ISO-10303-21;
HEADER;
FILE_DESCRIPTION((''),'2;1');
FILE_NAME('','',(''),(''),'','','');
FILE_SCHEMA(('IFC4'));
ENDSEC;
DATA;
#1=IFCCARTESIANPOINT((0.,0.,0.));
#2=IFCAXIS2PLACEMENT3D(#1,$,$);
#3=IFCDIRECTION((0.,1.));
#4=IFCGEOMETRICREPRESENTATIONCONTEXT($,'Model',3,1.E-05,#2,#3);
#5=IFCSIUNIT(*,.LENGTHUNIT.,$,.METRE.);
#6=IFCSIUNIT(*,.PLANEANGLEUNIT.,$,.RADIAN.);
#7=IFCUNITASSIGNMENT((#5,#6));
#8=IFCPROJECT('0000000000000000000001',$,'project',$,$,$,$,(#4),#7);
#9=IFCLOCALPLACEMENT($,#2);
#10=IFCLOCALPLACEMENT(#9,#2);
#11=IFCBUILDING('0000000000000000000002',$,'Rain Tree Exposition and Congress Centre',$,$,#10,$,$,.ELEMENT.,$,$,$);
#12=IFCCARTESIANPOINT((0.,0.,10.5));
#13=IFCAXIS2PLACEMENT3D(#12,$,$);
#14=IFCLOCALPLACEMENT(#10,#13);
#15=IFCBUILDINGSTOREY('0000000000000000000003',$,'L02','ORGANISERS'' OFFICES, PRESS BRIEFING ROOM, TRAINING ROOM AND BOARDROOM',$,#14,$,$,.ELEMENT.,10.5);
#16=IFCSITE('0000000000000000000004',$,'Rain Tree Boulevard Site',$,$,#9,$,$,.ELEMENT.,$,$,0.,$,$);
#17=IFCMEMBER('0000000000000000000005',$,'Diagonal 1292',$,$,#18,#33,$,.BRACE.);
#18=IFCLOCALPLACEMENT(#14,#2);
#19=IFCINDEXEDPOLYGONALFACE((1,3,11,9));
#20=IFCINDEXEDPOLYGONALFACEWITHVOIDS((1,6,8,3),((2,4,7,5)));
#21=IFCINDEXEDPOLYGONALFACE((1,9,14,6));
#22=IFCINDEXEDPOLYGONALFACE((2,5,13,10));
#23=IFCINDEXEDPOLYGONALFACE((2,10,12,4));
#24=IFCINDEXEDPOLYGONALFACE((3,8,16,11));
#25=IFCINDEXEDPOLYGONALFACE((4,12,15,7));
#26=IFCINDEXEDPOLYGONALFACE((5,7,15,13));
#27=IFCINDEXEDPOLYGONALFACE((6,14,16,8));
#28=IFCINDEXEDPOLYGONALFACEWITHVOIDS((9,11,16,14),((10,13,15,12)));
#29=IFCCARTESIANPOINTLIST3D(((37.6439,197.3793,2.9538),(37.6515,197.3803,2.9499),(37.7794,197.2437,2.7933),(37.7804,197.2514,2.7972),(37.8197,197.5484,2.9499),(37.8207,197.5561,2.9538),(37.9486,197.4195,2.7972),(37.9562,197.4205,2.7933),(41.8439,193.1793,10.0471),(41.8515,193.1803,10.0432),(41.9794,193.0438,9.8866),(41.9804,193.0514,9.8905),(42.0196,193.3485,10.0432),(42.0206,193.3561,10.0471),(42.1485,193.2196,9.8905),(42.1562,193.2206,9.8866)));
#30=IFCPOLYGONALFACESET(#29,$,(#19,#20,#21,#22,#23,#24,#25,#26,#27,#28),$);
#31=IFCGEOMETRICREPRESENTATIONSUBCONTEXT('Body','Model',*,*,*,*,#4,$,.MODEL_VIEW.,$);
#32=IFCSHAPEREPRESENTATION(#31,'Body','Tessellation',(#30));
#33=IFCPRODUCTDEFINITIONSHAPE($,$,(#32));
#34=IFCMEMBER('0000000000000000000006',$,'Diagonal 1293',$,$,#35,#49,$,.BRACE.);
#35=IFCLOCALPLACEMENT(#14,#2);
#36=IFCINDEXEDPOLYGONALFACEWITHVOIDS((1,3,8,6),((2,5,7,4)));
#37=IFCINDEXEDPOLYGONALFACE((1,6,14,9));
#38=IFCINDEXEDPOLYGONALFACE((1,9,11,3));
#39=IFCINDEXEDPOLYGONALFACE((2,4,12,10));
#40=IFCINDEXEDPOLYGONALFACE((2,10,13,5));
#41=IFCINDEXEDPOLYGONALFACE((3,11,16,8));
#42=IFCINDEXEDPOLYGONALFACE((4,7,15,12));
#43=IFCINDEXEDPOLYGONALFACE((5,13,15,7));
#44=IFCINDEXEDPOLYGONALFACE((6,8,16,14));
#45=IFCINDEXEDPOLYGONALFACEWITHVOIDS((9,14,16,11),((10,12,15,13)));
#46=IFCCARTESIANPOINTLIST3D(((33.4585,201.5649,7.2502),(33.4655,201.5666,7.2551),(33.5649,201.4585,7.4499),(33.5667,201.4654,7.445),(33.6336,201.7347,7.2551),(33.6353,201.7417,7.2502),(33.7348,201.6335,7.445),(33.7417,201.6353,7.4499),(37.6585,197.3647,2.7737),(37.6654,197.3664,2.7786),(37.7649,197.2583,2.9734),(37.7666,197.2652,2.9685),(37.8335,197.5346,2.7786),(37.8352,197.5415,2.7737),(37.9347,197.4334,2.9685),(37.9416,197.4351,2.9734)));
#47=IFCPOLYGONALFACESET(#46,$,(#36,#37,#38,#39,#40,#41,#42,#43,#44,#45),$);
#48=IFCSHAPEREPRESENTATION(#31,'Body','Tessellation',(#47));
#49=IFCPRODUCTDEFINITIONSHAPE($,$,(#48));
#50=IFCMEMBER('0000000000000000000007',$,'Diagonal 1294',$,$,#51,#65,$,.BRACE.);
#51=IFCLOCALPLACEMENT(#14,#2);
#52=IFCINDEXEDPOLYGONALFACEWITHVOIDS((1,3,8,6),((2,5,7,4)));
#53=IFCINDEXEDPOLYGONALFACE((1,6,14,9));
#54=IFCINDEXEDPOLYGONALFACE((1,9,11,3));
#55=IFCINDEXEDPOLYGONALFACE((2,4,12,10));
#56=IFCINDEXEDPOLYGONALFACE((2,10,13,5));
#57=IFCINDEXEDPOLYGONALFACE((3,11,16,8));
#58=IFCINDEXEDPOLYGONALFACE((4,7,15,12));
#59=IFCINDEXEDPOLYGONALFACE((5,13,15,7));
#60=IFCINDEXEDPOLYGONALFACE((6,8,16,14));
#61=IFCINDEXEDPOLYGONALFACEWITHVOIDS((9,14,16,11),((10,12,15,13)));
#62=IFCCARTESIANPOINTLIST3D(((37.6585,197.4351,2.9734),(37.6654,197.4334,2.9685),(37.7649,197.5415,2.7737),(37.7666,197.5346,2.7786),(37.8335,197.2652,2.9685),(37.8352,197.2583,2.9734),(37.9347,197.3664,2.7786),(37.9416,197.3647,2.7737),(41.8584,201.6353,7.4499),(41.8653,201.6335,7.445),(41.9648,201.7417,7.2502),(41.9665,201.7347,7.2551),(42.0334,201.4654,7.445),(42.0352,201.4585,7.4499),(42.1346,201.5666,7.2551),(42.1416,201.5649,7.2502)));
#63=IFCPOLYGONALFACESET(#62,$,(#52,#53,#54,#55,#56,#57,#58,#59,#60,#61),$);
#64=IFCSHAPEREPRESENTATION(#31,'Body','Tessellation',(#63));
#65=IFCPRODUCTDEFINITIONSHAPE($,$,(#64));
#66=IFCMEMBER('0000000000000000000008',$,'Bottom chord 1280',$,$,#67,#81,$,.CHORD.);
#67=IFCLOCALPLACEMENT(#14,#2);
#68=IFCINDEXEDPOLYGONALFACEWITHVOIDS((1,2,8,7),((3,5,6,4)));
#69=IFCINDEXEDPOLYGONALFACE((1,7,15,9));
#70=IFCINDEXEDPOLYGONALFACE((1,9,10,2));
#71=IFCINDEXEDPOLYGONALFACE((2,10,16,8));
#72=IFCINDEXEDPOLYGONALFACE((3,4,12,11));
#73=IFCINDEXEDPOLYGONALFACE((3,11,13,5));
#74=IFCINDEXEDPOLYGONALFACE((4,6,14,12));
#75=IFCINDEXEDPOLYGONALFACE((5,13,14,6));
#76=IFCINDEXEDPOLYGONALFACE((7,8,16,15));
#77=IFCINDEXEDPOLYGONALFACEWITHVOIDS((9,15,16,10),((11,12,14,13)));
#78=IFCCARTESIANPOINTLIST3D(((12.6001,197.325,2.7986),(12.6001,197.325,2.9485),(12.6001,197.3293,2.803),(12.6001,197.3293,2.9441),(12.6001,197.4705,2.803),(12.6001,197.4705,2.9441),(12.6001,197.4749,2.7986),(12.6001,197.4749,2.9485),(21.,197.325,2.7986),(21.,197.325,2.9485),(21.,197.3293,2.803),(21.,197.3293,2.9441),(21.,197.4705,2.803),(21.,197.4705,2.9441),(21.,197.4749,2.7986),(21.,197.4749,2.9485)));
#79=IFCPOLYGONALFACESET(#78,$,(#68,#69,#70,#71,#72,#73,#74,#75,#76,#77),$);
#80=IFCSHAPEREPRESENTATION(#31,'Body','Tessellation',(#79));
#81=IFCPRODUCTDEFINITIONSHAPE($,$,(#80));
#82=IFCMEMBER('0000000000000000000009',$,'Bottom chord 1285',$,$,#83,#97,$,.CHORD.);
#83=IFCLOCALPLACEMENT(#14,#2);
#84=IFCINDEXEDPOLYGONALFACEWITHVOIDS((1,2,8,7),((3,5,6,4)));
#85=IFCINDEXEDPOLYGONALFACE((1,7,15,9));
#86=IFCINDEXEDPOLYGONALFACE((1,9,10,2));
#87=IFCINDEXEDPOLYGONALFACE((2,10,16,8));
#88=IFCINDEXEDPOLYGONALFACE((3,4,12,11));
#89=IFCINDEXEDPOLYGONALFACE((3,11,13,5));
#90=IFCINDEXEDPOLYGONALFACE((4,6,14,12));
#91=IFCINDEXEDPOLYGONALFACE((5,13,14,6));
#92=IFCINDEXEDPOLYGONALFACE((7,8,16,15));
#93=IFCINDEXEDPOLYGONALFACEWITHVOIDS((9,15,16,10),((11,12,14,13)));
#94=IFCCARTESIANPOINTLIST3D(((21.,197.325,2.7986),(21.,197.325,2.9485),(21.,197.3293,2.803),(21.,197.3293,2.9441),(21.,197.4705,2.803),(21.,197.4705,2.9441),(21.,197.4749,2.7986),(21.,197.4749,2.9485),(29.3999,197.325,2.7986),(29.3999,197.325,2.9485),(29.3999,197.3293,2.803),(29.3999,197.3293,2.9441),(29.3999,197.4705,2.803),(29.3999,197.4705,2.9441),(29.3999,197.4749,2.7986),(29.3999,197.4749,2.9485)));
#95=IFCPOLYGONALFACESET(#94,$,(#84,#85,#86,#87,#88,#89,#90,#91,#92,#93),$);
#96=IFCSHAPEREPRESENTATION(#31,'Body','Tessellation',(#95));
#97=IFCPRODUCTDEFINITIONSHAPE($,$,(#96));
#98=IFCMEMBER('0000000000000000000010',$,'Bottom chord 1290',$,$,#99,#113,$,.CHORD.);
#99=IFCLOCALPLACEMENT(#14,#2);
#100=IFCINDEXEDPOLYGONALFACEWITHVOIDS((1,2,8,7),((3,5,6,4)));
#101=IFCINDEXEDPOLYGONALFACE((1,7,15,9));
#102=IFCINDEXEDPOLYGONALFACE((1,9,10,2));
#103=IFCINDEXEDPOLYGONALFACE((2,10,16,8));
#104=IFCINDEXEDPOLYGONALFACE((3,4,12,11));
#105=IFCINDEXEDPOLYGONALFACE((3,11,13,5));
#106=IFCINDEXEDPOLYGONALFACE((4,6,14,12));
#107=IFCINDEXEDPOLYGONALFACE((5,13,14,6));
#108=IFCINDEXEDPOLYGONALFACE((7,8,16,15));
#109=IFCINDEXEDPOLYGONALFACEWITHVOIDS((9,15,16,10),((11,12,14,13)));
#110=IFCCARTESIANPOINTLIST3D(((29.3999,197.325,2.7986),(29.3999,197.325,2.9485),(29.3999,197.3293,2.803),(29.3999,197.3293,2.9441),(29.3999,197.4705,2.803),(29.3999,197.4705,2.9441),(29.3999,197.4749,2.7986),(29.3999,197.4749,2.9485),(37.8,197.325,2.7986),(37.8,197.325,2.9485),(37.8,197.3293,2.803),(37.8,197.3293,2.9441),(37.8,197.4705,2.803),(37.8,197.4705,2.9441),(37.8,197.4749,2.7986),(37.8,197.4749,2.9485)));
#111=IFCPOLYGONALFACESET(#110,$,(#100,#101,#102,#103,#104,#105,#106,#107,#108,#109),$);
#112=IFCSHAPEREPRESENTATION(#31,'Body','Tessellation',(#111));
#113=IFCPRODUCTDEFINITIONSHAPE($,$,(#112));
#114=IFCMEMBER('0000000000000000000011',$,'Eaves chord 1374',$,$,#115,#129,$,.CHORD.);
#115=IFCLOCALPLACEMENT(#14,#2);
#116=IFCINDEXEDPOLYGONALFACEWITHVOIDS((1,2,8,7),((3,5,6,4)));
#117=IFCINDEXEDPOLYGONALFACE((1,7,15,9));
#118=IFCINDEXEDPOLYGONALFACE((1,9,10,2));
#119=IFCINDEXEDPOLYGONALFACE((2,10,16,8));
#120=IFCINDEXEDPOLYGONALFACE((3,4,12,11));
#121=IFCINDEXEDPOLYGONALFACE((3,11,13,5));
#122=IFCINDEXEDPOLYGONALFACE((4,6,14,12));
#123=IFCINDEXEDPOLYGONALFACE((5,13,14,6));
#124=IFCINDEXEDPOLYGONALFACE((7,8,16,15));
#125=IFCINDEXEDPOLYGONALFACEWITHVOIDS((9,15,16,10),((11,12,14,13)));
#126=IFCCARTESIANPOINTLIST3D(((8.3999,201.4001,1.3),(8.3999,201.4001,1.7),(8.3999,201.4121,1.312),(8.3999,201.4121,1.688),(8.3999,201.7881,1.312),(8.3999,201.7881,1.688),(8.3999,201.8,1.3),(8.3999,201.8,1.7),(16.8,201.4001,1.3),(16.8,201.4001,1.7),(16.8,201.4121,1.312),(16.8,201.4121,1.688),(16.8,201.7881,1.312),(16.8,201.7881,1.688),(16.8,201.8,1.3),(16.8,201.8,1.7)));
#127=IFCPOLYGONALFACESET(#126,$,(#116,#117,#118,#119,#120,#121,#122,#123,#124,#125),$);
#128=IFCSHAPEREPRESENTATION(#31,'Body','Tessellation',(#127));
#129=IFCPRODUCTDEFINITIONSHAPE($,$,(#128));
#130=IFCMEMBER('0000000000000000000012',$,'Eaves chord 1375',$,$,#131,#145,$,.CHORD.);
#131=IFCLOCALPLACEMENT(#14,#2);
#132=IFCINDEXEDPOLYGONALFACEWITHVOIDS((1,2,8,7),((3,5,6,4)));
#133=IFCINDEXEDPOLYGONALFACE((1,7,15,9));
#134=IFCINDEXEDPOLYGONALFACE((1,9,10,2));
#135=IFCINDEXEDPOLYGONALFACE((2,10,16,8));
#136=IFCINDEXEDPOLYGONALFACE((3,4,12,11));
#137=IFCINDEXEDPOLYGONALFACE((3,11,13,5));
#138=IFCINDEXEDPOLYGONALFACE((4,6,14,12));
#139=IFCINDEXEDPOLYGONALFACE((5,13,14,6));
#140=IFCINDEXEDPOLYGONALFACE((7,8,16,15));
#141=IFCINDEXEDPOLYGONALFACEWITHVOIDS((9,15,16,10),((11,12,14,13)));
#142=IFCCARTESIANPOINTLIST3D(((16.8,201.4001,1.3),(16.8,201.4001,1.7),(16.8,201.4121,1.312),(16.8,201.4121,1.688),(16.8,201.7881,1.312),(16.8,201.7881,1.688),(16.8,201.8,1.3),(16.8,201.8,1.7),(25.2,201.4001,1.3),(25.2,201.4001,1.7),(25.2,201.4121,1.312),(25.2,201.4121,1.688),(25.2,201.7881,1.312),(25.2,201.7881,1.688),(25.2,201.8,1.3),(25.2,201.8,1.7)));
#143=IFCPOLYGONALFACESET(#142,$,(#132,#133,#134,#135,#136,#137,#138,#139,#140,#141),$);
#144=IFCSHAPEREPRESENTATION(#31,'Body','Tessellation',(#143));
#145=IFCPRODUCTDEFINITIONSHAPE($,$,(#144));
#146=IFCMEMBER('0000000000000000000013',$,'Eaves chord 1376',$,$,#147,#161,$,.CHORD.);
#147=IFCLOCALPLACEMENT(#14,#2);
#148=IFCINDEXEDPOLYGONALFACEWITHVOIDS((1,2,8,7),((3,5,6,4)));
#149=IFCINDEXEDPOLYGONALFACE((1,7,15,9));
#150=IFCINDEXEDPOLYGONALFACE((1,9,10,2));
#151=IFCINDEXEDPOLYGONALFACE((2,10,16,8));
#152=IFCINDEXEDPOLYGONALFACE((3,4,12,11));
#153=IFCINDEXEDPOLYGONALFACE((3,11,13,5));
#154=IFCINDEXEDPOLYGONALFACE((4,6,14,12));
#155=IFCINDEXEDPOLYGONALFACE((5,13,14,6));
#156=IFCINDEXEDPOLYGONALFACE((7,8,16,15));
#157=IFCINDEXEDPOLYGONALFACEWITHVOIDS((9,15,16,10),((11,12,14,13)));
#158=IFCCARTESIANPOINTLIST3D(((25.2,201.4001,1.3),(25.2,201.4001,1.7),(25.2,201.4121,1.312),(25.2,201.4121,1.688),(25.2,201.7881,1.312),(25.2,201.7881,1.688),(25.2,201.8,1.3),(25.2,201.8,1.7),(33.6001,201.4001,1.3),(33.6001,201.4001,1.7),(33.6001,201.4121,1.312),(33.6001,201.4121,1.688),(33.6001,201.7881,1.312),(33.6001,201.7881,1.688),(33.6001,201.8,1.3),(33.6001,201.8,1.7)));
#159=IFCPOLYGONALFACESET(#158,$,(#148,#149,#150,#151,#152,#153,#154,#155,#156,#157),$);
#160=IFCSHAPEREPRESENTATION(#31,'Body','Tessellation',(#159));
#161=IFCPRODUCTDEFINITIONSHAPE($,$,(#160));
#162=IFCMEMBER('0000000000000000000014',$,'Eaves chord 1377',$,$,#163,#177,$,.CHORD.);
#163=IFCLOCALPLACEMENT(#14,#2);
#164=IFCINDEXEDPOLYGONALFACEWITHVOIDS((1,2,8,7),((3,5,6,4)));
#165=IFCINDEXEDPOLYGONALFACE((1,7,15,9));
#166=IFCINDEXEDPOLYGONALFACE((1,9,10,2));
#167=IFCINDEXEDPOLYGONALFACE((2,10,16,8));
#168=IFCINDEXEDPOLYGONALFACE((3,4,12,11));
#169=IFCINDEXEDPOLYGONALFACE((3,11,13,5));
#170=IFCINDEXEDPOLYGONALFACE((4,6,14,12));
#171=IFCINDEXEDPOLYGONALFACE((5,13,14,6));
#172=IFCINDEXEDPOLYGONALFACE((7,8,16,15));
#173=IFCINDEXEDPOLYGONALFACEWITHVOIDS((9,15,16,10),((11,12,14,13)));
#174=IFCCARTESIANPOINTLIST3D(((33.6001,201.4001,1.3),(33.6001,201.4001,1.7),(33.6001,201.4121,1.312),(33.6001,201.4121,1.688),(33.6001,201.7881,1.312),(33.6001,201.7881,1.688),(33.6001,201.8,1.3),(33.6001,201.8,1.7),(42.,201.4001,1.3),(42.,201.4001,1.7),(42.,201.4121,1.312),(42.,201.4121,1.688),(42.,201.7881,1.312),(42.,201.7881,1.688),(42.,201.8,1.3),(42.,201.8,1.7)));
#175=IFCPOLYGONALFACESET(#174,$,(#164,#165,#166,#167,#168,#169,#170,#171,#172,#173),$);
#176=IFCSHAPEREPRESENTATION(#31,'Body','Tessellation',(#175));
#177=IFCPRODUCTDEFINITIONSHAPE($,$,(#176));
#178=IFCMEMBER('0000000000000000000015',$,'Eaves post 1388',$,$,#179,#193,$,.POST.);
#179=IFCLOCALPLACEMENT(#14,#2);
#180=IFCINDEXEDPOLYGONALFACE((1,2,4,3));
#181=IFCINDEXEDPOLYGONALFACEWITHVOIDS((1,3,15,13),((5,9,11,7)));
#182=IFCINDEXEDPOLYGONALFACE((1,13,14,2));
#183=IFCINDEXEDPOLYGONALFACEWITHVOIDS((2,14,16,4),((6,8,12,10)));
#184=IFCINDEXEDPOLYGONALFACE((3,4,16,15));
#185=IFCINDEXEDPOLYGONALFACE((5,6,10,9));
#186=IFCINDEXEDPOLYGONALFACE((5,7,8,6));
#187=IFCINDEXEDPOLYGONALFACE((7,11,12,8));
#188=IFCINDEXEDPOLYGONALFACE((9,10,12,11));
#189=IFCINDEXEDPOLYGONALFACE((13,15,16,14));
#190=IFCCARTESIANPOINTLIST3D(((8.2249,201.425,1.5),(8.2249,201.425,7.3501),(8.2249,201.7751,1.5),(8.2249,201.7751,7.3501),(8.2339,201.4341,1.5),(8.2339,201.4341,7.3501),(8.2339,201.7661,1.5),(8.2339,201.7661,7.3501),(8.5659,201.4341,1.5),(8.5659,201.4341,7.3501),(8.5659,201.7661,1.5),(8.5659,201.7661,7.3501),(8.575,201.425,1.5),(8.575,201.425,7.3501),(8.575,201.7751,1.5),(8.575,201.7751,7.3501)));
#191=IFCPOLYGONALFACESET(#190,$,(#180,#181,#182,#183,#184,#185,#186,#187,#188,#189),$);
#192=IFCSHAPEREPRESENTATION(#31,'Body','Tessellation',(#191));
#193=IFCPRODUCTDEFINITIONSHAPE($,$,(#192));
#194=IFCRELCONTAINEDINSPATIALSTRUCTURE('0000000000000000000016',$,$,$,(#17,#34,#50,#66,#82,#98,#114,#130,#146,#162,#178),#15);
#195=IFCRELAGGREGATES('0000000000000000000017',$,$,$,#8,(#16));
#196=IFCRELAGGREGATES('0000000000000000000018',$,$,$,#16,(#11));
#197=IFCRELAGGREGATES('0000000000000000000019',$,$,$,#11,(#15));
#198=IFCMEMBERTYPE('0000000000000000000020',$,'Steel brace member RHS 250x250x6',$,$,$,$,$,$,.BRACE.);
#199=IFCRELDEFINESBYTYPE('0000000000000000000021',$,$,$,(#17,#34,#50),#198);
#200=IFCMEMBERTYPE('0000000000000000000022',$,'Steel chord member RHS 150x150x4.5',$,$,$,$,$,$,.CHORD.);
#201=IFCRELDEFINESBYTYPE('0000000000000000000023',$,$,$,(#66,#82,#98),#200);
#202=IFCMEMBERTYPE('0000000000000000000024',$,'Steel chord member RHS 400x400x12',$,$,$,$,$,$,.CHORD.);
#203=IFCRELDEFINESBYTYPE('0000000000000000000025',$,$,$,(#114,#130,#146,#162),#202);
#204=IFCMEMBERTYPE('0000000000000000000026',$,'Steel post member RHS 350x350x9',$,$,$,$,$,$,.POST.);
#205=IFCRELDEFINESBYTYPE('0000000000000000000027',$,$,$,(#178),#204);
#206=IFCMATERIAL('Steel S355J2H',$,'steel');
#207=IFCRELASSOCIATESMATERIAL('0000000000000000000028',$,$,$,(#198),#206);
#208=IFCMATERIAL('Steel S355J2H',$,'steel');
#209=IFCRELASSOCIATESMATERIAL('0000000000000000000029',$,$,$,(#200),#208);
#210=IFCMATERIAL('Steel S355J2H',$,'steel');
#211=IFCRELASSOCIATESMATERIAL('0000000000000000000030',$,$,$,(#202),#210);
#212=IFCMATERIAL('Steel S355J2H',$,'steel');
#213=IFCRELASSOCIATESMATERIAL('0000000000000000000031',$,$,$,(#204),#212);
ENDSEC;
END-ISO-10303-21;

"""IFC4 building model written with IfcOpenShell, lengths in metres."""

from ifc_helpers import new_model, si_unit, direction, frame, origin, origin_2d, place, context, subcontext, project, spatial, hollow_rectangle, extrude, material, material_profile, profile_set, type_object, element, save


model = new_model("IFC4")

# Units and contexts
model_context = context("Model", 3, precision=1e-05, world=origin(), true_north=direction((0.0, 1.0)))
body_context = subcontext(model_context, "Body", "Model", "MODEL_VIEW")
ifc_project = project(units=[si_unit("LENGTHUNIT", "METRE"), si_unit("PLANEANGLEUNIT", "RADIAN")], contexts=[model_context])

# Site, building, storey
site_placement = place(None, origin())
site = spatial("IfcSite", under=ifc_project, at=site_placement, Name="Rain Tree Boulevard Site", CompositionType="ELEMENT", RefElevation=0.0)
building_placement = place(site_placement, origin())
building = spatial("IfcBuilding", under=site, at=building_placement, Name="Rain Tree Exposition and Congress Centre", CompositionType="ELEMENT")
storey_placement = place(building_placement, frame((0.0, 0.0, 10.5)))
storey = spatial("IfcBuildingStorey", under=building, at=storey_placement, Name="L02", Description="ORGANISERS' OFFICES, PRESS BRIEFING ROOM, TRAINING ROOM AND BOARDROOM", CompositionType="ELEMENT", Elevation=10.5)

# Members
ifc_material_1 = material(Name="Steel S355J2H", Category="steel")
ifc_material_profile_1 = material_profile(ifc_material_1, hollow_rectangle(XDim=0.25, YDim=0.25, WallThickness=0.0061, at=origin_2d()), Name="RHS 250x250x6")
ifc_profile_set_1 = profile_set([ifc_material_profile_1], Name="Steel S355J2H")
member_type_1 = type_object("IfcMemberType", Name="Steel brace member RHS 250x250x6", PredefinedType="BRACE", material=ifc_profile_set_1)
for number, where, z_axis, x_axis, name in (
    (1, (37.8, 197.3999, 2.8735), (0.453966, -0.453966, 0.7667), (0.707107, 0.707107, 0.0), "Diagonal 1292"),
):
    element("IfcMember", number, at=place(storey_placement, frame(where, z_axis=z_axis, x_axis=x_axis)), inside=storey, type_object=member_type_1, Name=name, PredefinedType="BRACE", context=body_context, shape_type="SweptSolid", body=[
        extrude(hollow_rectangle(XDim=0.25, YDim=0.25, WallThickness=0.0061, at=origin_2d()), origin(), (0.0, 0.0, 1.0), 9.2517),
    ])
for number, where, z_axis, x_axis, name in (
    (2, (37.8, 197.3999, 2.8735), (-0.564677, 0.564709, 0.601867), (-0.707127, -0.707086, 0.0), "Diagonal 1293"),
    (3, (37.8, 197.3999, 2.8735), (0.564677, 0.564709, 0.601867), (-0.707127, 0.707086, 0.0), "Diagonal 1294"),
):
    element("IfcMember", number, at=place(storey_placement, frame(where, z_axis=z_axis, x_axis=x_axis)), inside=storey, type_object=member_type_1, Name=name, PredefinedType="BRACE", context=body_context, shape_type="SweptSolid", body=[
        extrude(hollow_rectangle(XDim=0.25, YDim=0.25, WallThickness=0.0061, at=origin_2d()), origin(), (0.0, 0.0, 1.0), 7.4377),
    ])
ifc_material_2 = material(Name="Steel S355J2H", Category="steel")
ifc_material_profile_2 = material_profile(ifc_material_2, hollow_rectangle(XDim=0.1499, YDim=0.1499, WallThickness=0.0044, at=origin_2d()), Name="RHS 150x150x4.5")
ifc_profile_set_2 = profile_set([ifc_material_profile_2], Name="Steel S355J2H")
member_type_2 = type_object("IfcMemberType", Name="Steel chord member RHS 150x150x4.5", PredefinedType="CHORD", material=ifc_profile_set_2)
for number, where, z_axis, x_axis, name in (
    (4, (12.6001, 197.3999, 2.8735), (1.0, 0.0, 0.0), (0.0, 1.0, 0.0), "Bottom chord 1280"),
    (5, (21.0, 197.3999, 2.8735), (1.0, 0.0, 0.0), (0.0, 1.0, 0.0), "Bottom chord 1285"),
):
    element("IfcMember", number, at=place(storey_placement, frame(where, z_axis=z_axis, x_axis=x_axis)), inside=storey, type_object=member_type_2, Name=name, PredefinedType="CHORD", context=body_context, shape_type="SweptSolid", body=[
        extrude(hollow_rectangle(XDim=0.1499, YDim=0.1499, WallThickness=0.0044, at=origin_2d()), origin(), (0.0, 0.0, 1.0), 8.3999),
    ])
member_1_placement = place(storey_placement, frame((29.3999, 197.3999, 2.8735), z_axis=(1.0, 0.0, 0.0), x_axis=(0.0, 1.0, 0.0)))
element("IfcMember", 6, at=member_1_placement, inside=storey, type_object=member_type_2, Name="Bottom chord 1290", PredefinedType="CHORD", context=body_context, shape_type="SweptSolid", body=[
    extrude(hollow_rectangle(XDim=0.1499, YDim=0.1499, WallThickness=0.0044, at=origin_2d()), origin(), (0.0, 0.0, 1.0), 8.4001),
])
ifc_material_3 = material(Name="Steel S355J2H", Category="steel")
ifc_material_profile_3 = material_profile(ifc_material_3, hollow_rectangle(XDim=0.3999, YDim=0.3999, WallThickness=0.012, at=origin_2d()), Name="RHS 400x400x12")
ifc_profile_set_3 = profile_set([ifc_material_profile_3], Name="Steel S355J2H")
member_type_3 = type_object("IfcMemberType", Name="Steel chord member RHS 400x400x12", PredefinedType="CHORD", material=ifc_profile_set_3)
member_2_placement = place(storey_placement, frame((8.3999, 201.6001, 1.5), z_axis=(1.0, 0.0, 0.0), x_axis=(0.0, 1.0, 0.0)))
element("IfcMember", 7, at=member_2_placement, inside=storey, type_object=member_type_3, Name="Eaves chord 1374", PredefinedType="CHORD", context=body_context, shape_type="SweptSolid", body=[
    extrude(hollow_rectangle(XDim=0.3999, YDim=0.3999, WallThickness=0.012, at=origin_2d()), origin(), (0.0, 0.0, 1.0), 8.4001),
])
member_3_placement = place(storey_placement, frame((16.8, 201.6001, 1.5), z_axis=(1.0, 0.0, 0.0), x_axis=(0.0, 1.0, 0.0)))
element("IfcMember", 8, at=member_3_placement, inside=storey, type_object=member_type_3, Name="Eaves chord 1375", PredefinedType="CHORD", context=body_context, shape_type="SweptSolid", body=[
    extrude(hollow_rectangle(XDim=0.3999, YDim=0.3999, WallThickness=0.012, at=origin_2d()), origin(), (0.0, 0.0, 1.0), 8.3999),
])
member_4_placement = place(storey_placement, frame((25.2, 201.6001, 1.5), z_axis=(1.0, 0.0, 0.0), x_axis=(0.0, 1.0, 0.0)))
element("IfcMember", 9, at=member_4_placement, inside=storey, type_object=member_type_3, Name="Eaves chord 1376", PredefinedType="CHORD", context=body_context, shape_type="SweptSolid", body=[
    extrude(hollow_rectangle(XDim=0.3999, YDim=0.3999, WallThickness=0.012, at=origin_2d()), origin(), (0.0, 0.0, 1.0), 8.4001),
])
member_5_placement = place(storey_placement, frame((33.6001, 201.6001, 1.5), z_axis=(1.0, 0.0, 0.0), x_axis=(0.0, 1.0, 0.0)))
element("IfcMember", 10, at=member_5_placement, inside=storey, type_object=member_type_3, Name="Eaves chord 1377", PredefinedType="CHORD", context=body_context, shape_type="SweptSolid", body=[
    extrude(hollow_rectangle(XDim=0.3999, YDim=0.3999, WallThickness=0.012, at=origin_2d()), origin(), (0.0, 0.0, 1.0), 8.3999),
])
ifc_material_4 = material(Name="Steel S355J2H", Category="steel")
ifc_material_profile_4 = material_profile(ifc_material_4, hollow_rectangle(XDim=0.3501, YDim=0.3501, WallThickness=0.009, at=origin_2d()), Name="RHS 350x350x9")
ifc_profile_set_4 = profile_set([ifc_material_profile_4], Name="Steel S355J2H")
member_type_4 = type_object("IfcMemberType", Name="Steel post member RHS 350x350x9", PredefinedType="POST", material=ifc_profile_set_4)
for number, where, z_axis, x_axis, name in (
    (11, (8.3999, 201.6001, 1.5), (0.0, 0.0, 1.0), (1.0, 0.0, 0.0), "Eaves post 1388"),
):
    element("IfcMember", number, at=place(storey_placement, frame(where, z_axis=z_axis, x_axis=x_axis)), inside=storey, type_object=member_type_4, Name=name, PredefinedType="POST", context=body_context, shape_type="SweptSolid", body=[
        extrude(hollow_rectangle(XDim=0.3501, YDim=0.3501, WallThickness=0.009, at=origin_2d()), origin(), (0.0, 0.0, 1.0), 5.8501),
    ])

save(model, "model.ifc")
